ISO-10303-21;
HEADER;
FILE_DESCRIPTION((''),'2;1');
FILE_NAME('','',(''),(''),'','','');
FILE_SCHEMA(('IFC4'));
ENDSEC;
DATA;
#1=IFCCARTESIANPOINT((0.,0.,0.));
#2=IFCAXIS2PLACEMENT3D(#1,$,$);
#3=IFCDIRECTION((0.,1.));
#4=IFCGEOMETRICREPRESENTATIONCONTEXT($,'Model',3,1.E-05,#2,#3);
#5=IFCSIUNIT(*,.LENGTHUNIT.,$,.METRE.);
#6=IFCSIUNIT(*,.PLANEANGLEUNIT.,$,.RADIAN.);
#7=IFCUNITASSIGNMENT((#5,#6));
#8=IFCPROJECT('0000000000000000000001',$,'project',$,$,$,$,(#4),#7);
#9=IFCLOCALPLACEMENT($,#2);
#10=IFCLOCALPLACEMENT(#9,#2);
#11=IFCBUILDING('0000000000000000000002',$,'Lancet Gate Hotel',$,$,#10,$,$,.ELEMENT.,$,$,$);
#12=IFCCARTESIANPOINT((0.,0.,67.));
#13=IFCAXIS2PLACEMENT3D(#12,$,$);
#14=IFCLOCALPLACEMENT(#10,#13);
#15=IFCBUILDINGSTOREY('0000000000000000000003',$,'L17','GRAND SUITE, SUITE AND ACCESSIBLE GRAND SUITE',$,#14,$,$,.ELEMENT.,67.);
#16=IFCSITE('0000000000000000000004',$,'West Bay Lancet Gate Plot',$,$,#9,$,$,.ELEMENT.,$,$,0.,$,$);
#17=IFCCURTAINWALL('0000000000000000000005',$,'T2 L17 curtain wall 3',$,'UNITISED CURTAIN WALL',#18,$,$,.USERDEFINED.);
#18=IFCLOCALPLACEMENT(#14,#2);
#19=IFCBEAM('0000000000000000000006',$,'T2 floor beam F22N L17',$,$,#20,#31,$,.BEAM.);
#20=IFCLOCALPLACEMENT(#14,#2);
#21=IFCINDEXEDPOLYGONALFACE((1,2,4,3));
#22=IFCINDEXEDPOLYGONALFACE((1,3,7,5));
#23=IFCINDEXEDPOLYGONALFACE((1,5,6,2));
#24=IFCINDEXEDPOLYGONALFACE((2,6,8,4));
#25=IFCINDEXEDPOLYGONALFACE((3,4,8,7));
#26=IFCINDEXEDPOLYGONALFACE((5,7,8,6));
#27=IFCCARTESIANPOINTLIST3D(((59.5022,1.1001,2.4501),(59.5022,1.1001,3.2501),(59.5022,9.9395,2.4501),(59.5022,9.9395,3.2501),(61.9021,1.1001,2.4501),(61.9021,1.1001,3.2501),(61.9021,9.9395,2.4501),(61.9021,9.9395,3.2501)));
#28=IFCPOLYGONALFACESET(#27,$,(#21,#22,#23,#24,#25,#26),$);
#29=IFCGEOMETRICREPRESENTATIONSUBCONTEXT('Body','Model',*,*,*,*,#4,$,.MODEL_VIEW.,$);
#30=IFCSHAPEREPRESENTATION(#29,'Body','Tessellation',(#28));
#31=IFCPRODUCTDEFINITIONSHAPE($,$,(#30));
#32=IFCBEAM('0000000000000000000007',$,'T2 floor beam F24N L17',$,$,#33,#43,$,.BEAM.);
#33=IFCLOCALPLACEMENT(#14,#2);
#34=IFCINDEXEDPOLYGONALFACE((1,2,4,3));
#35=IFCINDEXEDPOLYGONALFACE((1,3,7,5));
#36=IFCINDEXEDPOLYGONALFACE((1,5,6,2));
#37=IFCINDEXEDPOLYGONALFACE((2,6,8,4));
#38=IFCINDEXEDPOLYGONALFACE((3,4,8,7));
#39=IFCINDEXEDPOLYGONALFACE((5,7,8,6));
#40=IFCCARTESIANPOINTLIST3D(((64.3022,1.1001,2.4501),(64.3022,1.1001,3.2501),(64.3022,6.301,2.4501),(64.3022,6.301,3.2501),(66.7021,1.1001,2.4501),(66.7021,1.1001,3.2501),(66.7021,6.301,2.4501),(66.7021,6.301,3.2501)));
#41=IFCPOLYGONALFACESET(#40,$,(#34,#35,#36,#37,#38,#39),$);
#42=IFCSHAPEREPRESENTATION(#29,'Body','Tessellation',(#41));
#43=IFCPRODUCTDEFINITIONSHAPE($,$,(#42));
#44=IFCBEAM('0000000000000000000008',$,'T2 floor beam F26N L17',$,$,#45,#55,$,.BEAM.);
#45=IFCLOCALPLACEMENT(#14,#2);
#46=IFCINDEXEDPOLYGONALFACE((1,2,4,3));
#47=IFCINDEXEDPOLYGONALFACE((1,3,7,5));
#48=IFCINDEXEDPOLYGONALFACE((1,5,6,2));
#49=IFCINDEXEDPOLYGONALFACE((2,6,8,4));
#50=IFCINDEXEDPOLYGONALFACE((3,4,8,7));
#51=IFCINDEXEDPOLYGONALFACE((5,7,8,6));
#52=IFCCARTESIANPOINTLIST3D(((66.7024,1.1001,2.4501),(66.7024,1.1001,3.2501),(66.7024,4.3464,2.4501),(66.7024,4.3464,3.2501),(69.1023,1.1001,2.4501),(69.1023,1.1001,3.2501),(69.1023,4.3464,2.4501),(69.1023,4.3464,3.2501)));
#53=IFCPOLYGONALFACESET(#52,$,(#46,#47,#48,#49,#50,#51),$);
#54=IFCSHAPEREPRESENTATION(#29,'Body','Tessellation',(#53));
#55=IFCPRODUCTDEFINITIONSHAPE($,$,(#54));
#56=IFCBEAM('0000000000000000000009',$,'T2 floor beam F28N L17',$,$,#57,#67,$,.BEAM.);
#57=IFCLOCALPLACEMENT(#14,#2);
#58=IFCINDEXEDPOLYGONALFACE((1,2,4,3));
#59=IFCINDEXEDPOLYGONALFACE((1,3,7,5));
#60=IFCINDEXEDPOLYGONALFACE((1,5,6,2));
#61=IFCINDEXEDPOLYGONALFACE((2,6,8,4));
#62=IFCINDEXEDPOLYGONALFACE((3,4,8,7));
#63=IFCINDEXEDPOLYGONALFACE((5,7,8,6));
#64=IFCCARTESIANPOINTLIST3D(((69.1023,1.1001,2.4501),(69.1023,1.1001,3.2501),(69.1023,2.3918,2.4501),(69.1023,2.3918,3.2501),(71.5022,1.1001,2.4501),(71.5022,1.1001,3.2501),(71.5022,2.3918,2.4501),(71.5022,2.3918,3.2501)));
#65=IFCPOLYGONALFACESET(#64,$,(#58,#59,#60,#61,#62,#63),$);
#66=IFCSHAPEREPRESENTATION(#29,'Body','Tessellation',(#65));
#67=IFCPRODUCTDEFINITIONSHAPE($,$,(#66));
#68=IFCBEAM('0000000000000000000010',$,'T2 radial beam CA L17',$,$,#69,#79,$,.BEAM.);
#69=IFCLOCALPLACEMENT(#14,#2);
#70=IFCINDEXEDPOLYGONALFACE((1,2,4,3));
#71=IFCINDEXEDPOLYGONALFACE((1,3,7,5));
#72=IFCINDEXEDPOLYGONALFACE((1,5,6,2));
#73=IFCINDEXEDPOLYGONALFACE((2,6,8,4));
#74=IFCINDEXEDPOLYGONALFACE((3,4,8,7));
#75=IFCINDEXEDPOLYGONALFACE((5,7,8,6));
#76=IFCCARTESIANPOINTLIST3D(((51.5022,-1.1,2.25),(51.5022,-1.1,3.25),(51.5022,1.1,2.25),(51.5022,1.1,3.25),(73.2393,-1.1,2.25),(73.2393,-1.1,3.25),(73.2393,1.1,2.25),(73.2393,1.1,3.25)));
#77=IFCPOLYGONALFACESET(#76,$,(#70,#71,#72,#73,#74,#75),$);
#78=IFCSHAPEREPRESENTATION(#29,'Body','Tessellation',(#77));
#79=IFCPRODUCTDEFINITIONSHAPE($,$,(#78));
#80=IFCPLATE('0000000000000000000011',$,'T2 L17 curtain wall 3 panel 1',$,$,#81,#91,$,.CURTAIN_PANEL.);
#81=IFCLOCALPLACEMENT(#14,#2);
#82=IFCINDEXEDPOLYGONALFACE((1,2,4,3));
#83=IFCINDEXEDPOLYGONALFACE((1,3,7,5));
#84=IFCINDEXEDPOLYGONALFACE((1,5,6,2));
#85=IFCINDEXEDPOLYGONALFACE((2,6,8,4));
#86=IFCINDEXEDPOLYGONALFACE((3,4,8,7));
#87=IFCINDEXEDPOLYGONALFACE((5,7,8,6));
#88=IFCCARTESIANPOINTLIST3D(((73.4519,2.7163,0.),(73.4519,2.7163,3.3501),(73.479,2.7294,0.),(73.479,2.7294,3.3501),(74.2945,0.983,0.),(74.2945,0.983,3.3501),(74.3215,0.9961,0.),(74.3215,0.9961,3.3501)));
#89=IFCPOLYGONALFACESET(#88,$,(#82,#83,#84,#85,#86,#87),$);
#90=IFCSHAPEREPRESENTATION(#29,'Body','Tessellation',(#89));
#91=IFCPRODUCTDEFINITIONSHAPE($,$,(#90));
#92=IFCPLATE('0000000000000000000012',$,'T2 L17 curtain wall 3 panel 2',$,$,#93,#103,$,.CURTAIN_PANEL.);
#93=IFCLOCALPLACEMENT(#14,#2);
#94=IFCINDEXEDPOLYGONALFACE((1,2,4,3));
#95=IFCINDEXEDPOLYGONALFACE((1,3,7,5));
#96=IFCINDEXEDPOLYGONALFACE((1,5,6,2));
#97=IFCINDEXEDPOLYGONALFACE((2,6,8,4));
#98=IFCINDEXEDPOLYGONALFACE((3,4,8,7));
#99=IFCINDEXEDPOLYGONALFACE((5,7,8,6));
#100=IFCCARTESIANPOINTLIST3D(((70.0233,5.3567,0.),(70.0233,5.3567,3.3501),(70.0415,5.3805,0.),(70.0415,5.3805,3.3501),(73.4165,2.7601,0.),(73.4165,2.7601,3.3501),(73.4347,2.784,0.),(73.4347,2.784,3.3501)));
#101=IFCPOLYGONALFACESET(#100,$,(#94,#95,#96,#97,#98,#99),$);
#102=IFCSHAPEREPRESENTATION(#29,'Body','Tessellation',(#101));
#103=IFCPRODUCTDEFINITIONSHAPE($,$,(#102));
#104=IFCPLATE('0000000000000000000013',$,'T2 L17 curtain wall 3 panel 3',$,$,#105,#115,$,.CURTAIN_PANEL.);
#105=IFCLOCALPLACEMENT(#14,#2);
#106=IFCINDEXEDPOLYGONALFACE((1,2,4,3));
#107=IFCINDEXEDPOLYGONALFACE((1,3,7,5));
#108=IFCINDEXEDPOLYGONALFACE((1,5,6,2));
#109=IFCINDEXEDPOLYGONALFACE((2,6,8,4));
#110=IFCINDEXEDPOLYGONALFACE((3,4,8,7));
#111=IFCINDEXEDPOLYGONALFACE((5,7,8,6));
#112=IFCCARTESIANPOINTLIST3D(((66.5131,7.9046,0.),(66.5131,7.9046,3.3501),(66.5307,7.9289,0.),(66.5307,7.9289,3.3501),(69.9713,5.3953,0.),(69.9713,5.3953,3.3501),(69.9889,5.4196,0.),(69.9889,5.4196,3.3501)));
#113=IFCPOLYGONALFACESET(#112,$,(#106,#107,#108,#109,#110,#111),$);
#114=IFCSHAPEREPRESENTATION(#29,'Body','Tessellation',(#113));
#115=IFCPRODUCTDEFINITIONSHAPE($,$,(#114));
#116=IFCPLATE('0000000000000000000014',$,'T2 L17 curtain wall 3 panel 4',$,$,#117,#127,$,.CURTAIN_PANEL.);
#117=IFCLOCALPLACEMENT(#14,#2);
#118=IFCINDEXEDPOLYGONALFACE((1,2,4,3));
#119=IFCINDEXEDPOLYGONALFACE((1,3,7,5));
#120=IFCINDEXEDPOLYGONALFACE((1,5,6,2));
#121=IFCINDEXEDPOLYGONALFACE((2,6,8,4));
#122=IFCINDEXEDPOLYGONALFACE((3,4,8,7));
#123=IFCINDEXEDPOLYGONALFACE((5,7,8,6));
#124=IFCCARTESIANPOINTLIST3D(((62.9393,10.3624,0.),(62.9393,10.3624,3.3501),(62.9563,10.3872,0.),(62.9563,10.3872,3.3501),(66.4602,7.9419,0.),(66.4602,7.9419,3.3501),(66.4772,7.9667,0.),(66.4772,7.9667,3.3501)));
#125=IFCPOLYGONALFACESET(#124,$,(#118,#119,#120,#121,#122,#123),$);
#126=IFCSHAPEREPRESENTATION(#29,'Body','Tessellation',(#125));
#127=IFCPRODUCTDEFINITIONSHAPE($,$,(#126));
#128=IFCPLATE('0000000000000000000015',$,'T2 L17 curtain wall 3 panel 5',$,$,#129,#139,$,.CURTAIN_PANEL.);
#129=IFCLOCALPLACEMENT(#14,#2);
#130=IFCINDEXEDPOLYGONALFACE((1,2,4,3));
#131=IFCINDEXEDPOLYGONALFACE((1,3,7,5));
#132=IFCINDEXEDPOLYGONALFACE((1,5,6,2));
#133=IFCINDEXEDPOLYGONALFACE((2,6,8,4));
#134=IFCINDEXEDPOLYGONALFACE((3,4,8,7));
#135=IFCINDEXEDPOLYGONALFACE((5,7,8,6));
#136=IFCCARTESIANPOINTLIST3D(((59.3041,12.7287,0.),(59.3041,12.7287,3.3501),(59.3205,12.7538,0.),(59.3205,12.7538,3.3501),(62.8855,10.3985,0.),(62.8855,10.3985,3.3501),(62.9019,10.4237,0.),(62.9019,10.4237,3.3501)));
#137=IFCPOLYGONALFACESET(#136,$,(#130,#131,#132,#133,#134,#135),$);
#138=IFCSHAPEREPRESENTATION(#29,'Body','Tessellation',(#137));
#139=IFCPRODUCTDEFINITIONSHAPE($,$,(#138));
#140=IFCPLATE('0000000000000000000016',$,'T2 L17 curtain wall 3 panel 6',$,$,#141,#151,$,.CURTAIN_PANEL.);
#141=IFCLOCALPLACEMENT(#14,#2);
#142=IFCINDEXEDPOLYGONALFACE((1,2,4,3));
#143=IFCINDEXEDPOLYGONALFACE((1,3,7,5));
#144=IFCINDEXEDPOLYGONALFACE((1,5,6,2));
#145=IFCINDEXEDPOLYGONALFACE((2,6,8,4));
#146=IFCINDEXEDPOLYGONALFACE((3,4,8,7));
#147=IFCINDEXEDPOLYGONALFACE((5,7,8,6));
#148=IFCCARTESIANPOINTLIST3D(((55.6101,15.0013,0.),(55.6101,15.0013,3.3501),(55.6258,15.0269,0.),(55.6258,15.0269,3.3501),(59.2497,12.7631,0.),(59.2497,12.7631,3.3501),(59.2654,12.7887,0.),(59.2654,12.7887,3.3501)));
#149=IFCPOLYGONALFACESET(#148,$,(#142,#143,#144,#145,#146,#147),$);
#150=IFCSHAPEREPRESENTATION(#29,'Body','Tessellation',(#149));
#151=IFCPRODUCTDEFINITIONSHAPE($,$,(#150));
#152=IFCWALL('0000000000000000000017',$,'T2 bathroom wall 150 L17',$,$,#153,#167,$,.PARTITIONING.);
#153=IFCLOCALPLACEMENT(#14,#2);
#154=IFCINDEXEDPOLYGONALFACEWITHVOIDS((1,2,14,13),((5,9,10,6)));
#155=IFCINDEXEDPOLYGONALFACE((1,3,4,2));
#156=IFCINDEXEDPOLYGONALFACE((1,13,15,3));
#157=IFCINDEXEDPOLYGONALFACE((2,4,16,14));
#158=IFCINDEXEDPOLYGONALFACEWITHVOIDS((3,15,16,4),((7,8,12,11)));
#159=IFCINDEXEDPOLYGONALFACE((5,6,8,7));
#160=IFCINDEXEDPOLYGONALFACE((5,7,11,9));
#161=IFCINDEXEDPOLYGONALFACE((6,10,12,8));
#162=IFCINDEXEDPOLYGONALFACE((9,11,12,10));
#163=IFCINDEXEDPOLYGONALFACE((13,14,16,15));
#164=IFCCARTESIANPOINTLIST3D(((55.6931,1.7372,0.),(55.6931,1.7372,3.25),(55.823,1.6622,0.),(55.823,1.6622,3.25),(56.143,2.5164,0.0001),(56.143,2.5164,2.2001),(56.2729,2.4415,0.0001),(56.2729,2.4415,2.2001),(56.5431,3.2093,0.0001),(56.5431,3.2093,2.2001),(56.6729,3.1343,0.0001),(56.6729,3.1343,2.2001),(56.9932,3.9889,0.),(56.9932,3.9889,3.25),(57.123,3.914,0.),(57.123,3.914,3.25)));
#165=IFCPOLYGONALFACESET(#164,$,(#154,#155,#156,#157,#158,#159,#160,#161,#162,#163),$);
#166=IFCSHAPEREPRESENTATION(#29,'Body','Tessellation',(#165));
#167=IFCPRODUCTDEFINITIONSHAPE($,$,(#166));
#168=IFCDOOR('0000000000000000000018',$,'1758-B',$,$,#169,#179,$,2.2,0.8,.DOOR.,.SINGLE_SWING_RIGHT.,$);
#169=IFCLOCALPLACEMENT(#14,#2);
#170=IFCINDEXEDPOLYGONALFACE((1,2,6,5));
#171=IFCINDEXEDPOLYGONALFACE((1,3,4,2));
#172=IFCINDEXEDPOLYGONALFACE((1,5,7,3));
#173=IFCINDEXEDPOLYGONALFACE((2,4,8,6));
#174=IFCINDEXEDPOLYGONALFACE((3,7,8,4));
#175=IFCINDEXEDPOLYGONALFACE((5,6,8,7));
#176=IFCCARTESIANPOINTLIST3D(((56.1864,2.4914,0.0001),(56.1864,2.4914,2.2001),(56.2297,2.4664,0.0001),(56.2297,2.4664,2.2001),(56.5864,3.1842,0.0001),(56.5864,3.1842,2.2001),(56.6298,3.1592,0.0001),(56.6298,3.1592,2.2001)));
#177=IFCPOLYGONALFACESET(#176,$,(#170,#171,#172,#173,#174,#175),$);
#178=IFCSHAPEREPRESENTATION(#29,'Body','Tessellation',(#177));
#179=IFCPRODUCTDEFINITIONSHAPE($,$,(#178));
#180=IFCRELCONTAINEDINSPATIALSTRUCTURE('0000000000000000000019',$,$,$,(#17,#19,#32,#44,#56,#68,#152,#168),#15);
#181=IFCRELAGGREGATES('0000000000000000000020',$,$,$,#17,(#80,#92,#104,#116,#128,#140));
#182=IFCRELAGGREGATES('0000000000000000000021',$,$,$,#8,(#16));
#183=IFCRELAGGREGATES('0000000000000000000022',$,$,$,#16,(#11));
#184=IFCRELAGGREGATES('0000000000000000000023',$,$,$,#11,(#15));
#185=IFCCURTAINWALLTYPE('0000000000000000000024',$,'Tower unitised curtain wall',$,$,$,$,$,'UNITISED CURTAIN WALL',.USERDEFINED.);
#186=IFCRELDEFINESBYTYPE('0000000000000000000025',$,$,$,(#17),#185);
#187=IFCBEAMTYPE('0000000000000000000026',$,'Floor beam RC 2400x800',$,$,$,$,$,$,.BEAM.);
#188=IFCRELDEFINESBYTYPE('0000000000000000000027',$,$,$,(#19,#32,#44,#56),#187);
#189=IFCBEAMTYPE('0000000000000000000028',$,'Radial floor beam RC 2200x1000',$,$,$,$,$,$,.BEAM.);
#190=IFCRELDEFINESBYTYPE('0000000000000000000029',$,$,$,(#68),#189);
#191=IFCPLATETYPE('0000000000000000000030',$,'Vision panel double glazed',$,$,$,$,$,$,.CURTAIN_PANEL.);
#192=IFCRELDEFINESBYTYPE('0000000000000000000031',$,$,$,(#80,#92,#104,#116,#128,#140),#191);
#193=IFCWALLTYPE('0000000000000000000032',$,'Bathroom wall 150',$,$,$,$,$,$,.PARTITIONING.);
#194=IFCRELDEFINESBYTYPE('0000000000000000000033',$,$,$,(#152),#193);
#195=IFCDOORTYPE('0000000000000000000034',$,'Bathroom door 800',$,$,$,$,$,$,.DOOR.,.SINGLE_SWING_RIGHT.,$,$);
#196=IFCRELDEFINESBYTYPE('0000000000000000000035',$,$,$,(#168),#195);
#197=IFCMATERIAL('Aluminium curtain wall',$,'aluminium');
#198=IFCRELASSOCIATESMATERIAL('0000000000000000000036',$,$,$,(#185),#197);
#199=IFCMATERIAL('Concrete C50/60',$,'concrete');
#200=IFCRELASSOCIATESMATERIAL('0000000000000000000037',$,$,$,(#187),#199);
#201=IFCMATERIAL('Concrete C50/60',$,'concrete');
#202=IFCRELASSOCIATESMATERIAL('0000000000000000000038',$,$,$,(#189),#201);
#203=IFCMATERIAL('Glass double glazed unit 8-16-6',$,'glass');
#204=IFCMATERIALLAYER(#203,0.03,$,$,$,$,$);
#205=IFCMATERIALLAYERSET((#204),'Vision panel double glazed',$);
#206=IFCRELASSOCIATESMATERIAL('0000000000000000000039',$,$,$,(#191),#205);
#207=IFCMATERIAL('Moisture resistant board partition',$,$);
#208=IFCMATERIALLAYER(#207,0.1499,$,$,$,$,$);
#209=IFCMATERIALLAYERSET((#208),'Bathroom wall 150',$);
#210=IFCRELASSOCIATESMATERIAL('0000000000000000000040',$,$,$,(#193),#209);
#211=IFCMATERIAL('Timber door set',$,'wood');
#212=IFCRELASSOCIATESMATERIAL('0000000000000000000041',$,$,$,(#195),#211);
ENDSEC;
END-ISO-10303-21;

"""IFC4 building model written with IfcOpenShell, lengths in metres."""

from ifc_helpers import new_model, si_unit, direction, frame, frame_2d, origin, origin_2d, place, context, subcontext, project, spatial, rectangle, extrude, material, layer, layer_set, material_profile, profile_set, type_object, element, fill, aggregate, save


model = new_model("IFC4")

# Units and contexts
model_context = context("Model", 3, precision=1e-05, world=origin(), true_north=direction((0.0, 1.0)))
body_context = subcontext(model_context, "Body", "Model", "MODEL_VIEW")
ifc_project = project(units=[si_unit("LENGTHUNIT", "METRE"), si_unit("PLANEANGLEUNIT", "RADIAN")], contexts=[model_context])

# Site, building, storey
site_placement = place(None, origin())
site = spatial("IfcSite", under=ifc_project, at=site_placement, Name="West Bay Lancet Gate Plot", CompositionType="ELEMENT", RefElevation=0.0)
building_placement = place(site_placement, origin())
building = spatial("IfcBuilding", under=site, at=building_placement, Name="Lancet Gate Hotel", CompositionType="ELEMENT")
storey_placement = place(building_placement, frame((0.0, 0.0, 67.0)))
storey = spatial("IfcBuildingStorey", under=building, at=storey_placement, Name="L17", Description="GRAND SUITE, SUITE AND ACCESSIBLE GRAND SUITE", CompositionType="ELEMENT", Elevation=67.0)

# Curtain wall
ifc_material_1 = material(Name="Aluminium curtain wall", Category="aluminium")
curtain_wall_type = type_object("IfcCurtainWallType", Name="Tower unitised curtain wall", ElementType="UNITISED CURTAIN WALL", PredefinedType="USERDEFINED", material=ifc_material_1)
curtain_wall_placement = place(storey_placement, origin())
curtain_wall = element("IfcCurtainWall", 1, at=curtain_wall_placement, inside=storey, type_object=curtain_wall_type, Name="T2 L17 curtain wall 3", ObjectType="UNITISED CURTAIN WALL", PredefinedType="USERDEFINED")

# Beams
ifc_material_2 = material(Name="Concrete C50/60", Category="concrete")
ifc_material_profile_1 = material_profile(ifc_material_2, rectangle(XDim=2.3999, YDim=0.8, at=origin_2d()), Name="RC 2400x800")
ifc_profile_set_1 = profile_set([ifc_material_profile_1], Name="Concrete C50/60")
beam_type_1 = type_object("IfcBeamType", Name="Floor beam RC 2400x800", PredefinedType="BEAM", material=ifc_profile_set_1)
beam_1_placement = place(storey_placement, frame((60.7021, 1.1001, 2.8501), z_axis=(0.0, 1.0, 0.0), x_axis=(-1.0, 0.0, 0.0)))
element("IfcBeam", 2, at=beam_1_placement, inside=storey, type_object=beam_type_1, Name="T2 floor beam F22N L17", PredefinedType="BEAM", context=body_context, shape_type="SweptSolid", body=[
    extrude(rectangle(XDim=2.3999, YDim=0.8, at=origin_2d()), origin(), (0.0, 0.0, 1.0), 8.8394),
])
beam_2_placement = place(storey_placement, frame((65.5022, 1.1001, 2.8501), z_axis=(0.0, 1.0, 0.0), x_axis=(-1.0, 0.0, 0.0)))
element("IfcBeam", 3, at=beam_2_placement, inside=storey, type_object=beam_type_1, Name="T2 floor beam F24N L17", PredefinedType="BEAM", context=body_context, shape_type="SweptSolid", body=[
    extrude(rectangle(XDim=2.3999, YDim=0.8, at=origin_2d()), origin(), (0.0, 0.0, 1.0), 5.2009),
])
beam_3_placement = place(storey_placement, frame((67.9023, 1.1001, 2.8501), z_axis=(0.0, 1.0, 0.0), x_axis=(-1.0, 0.0, 0.0)))
element("IfcBeam", 4, at=beam_3_placement, inside=storey, type_object=beam_type_1, Name="T2 floor beam F26N L17", PredefinedType="BEAM", context=body_context, shape_type="SweptSolid", body=[
    extrude(rectangle(XDim=2.3999, YDim=0.8, at=origin_2d()), origin(), (0.0, 0.0, 1.0), 3.2463),
])
beam_4_placement = place(storey_placement, frame((70.3022, 1.1001, 2.8501), z_axis=(0.0, 1.0, 0.0), x_axis=(-1.0, 0.0, 0.0)))
element("IfcBeam", 5, at=beam_4_placement, inside=storey, type_object=beam_type_1, Name="T2 floor beam F28N L17", PredefinedType="BEAM", context=body_context, shape_type="SweptSolid", body=[
    extrude(rectangle(XDim=2.3999, YDim=0.8, at=origin_2d()), origin(), (0.0, 0.0, 1.0), 1.2917),
])
ifc_material_3 = material(Name="Concrete C50/60", Category="concrete")
ifc_material_profile_2 = material_profile(ifc_material_3, rectangle(XDim=2.2, YDim=1.0, at=origin_2d()), Name="RC 2200x1000")
ifc_profile_set_2 = profile_set([ifc_material_profile_2], Name="Concrete C50/60")
beam_type_2 = type_object("IfcBeamType", Name="Radial floor beam RC 2200x1000", PredefinedType="BEAM", material=ifc_profile_set_2)
beam_5_placement = place(storey_placement, frame((73.2393, 0.0, 2.75), z_axis=(-1.0, 0.0, 0.0), x_axis=(0.0, -1.0, 0.0)))
element("IfcBeam", 6, at=beam_5_placement, inside=storey, type_object=beam_type_2, Name="T2 radial beam CA L17", PredefinedType="BEAM", context=body_context, shape_type="SweptSolid", body=[
    extrude(rectangle(XDim=2.2, YDim=1.0, at=origin_2d()), origin(), (0.0, 0.0, 1.0), 21.7371),
])

# Plates
ifc_material_4 = material(Name="Glass double glazed unit 8-16-6", Category="glass")
ifc_layer_1 = layer(ifc_material_4, 0.03)
ifc_layer_set_1 = layer_set([ifc_layer_1], Name="Vision panel double glazed")
plate_type = type_object("IfcPlateType", Name="Vision panel double glazed", PredefinedType="CURTAIN_PANEL", material=ifc_layer_set_1)
plate_1_placement = place(storey_placement, frame((73.8867, 1.8562, 0.0), z_axis=(0.0, 0.0, 1.0), x_axis=(-0.437169, 0.899379, 0.0)))
plate_1 = element("IfcPlate", 7, at=plate_1_placement, type_object=plate_type, Name="T2 L17 curtain wall 3 panel 1", PredefinedType="CURTAIN_PANEL", context=body_context, shape_type="SweptSolid", body=[
    extrude(rectangle(XDim=1.9272, YDim=0.03, at=origin_2d()), origin(), (0.0, 0.0, 1.0), 3.3501),
])
plate_2_placement = place(storey_placement, frame((71.729, 4.0703, 0.0), z_axis=(0.0, 0.0, 1.0), x_axis=(-0.79416, 0.607709, 0.0)))
plate_2 = element("IfcPlate", 8, at=plate_2_placement, type_object=plate_type, Name="T2 L17 curtain wall 3 panel 2", PredefinedType="CURTAIN_PANEL", context=body_context, shape_type="SweptSolid", body=[
    extrude(rectangle(XDim=4.2727, YDim=0.03, at=origin_2d()), origin(), (0.0, 0.0, 1.0), 3.3501),
])
plate_3_placement = place(storey_placement, frame((68.251, 6.6621, 0.0), z_axis=(0.0, 0.0, 1.0), x_axis=(-0.80937, 0.587299, 0.0)))
plate_3 = element("IfcPlate", 9, at=plate_3_placement, type_object=plate_type, Name="T2 L17 curtain wall 3 panel 3", PredefinedType="CURTAIN_PANEL", context=body_context, shape_type="SweptSolid", body=[
    extrude(rectangle(XDim=4.2727, YDim=0.03, at=origin_2d()), origin(), (0.0, 0.0, 1.0), 3.3501),
])
plate_4_placement = place(storey_placement, frame((64.7083, 9.1646, 0.0), z_axis=(0.0, 0.0, 1.0), x_axis=(-0.824055, 0.566509, 0.0)))
plate_4 = element("IfcPlate", 10, at=plate_4_placement, type_object=plate_type, Name="T2 L17 curtain wall 3 panel 4", PredefinedType="CURTAIN_PANEL", context=body_context, shape_type="SweptSolid", body=[
    extrude(rectangle(XDim=4.2727, YDim=0.03, at=origin_2d()), origin(), (0.0, 0.0, 1.0), 3.3501),
])
plate_5_placement = place(storey_placement, frame((61.103, 11.5762, 0.0), z_axis=(0.0, 0.0, 1.0), x_axis=(-0.838207, 0.545353, 0.0)))
plate_5 = element("IfcPlate", 11, at=plate_5_placement, type_object=plate_type, Name="T2 L17 curtain wall 3 panel 5", PredefinedType="CURTAIN_PANEL", context=body_context, shape_type="SweptSolid", body=[
    extrude(rectangle(XDim=4.2727, YDim=0.03, at=origin_2d()), origin(), (0.0, 0.0, 1.0), 3.3501),
])
plate_6_placement = place(storey_placement, frame((57.4377, 13.895, 0.0), z_axis=(0.0, 0.0, 1.0), x_axis=(-0.851815, 0.523842, 0.0)))
plate_6 = element("IfcPlate", 12, at=plate_6_placement, type_object=plate_type, Name="T2 L17 curtain wall 3 panel 6", PredefinedType="CURTAIN_PANEL", context=body_context, shape_type="SweptSolid", body=[
    extrude(rectangle(XDim=4.2727, YDim=0.03, at=origin_2d()), origin(), (0.0, 0.0, 1.0), 3.3501),
])
aggregate(curtain_wall, [plate_1, plate_2, plate_3, plate_4, plate_5, plate_6])

# Wall, opening, door
ifc_material_5 = material(Name="Moisture resistant board partition")
ifc_layer_2 = layer(ifc_material_5, 0.1499)
ifc_layer_set_2 = layer_set([ifc_layer_2], Name="Bathroom wall 150")
wall_type = type_object("IfcWallType", Name="Bathroom wall 150", PredefinedType="PARTITIONING", material=ifc_layer_set_2)
wall_placement = place(storey_placement, frame((55.7581, 1.6997, 0.0), z_axis=(0.0, 0.0, 1.0), x_axis=(0.500007, 0.866021, 0.0)))
wall = element("IfcWall", 13, at=wall_placement, inside=storey, type_object=wall_type, Name="T2 bathroom wall 150 L17", PredefinedType="PARTITIONING", context=body_context, shape_type="SweptSolid", body=[
    extrude(rectangle(XDim=2.6001, YDim=0.1499, at=frame_2d((1.3, 0.0))), origin(), (0.0, 0.0, 1.0), 3.25),
])
opening_placement = place(wall_placement, frame((0.8999, 0.0, 0.0)))
opening = element("IfcOpeningElement", 14, at=opening_placement, cuts=wall, PredefinedType="OPENING", context=body_context, shape_type="SweptSolid", body=[
    extrude(rectangle(XDim=0.8, YDim=2.2, at=frame_2d((0.3999, 1.1001))), frame((0.0, 0.085, 0.0), z_axis=(0.0, -1.0, 0.0), x_axis=(1.0, 0.0, 0.0)), (0.0, 0.0, 1.0), 0.1699),
])
ifc_material_6 = material(Name="Timber door set", Category="wood")
door_type = type_object("IfcDoorType", Name="Bathroom door 800", OperationType="SINGLE_SWING_RIGHT", PredefinedType="DOOR", material=ifc_material_6)
door_placement = place(opening_placement, origin())
door = element("IfcDoor", 15, at=door_placement, inside=storey, type_object=door_type, Name="1758-B", OperationType="SINGLE_SWING_RIGHT", OverallHeight=2.2, OverallWidth=0.8, PredefinedType="DOOR", context=body_context, shape_type="SweptSolid", body=[
    extrude(rectangle(XDim=0.8, YDim=2.2, at=frame_2d((0.3999, 1.1001))), frame((0.0, 0.0249, 0.0), z_axis=(0.0, -1.0, 0.0), x_axis=(1.0, 0.0, 0.0)), (0.0, 0.0, 1.0), 0.05),
])
fill(opening, door)

save(model, "model.ifc")
